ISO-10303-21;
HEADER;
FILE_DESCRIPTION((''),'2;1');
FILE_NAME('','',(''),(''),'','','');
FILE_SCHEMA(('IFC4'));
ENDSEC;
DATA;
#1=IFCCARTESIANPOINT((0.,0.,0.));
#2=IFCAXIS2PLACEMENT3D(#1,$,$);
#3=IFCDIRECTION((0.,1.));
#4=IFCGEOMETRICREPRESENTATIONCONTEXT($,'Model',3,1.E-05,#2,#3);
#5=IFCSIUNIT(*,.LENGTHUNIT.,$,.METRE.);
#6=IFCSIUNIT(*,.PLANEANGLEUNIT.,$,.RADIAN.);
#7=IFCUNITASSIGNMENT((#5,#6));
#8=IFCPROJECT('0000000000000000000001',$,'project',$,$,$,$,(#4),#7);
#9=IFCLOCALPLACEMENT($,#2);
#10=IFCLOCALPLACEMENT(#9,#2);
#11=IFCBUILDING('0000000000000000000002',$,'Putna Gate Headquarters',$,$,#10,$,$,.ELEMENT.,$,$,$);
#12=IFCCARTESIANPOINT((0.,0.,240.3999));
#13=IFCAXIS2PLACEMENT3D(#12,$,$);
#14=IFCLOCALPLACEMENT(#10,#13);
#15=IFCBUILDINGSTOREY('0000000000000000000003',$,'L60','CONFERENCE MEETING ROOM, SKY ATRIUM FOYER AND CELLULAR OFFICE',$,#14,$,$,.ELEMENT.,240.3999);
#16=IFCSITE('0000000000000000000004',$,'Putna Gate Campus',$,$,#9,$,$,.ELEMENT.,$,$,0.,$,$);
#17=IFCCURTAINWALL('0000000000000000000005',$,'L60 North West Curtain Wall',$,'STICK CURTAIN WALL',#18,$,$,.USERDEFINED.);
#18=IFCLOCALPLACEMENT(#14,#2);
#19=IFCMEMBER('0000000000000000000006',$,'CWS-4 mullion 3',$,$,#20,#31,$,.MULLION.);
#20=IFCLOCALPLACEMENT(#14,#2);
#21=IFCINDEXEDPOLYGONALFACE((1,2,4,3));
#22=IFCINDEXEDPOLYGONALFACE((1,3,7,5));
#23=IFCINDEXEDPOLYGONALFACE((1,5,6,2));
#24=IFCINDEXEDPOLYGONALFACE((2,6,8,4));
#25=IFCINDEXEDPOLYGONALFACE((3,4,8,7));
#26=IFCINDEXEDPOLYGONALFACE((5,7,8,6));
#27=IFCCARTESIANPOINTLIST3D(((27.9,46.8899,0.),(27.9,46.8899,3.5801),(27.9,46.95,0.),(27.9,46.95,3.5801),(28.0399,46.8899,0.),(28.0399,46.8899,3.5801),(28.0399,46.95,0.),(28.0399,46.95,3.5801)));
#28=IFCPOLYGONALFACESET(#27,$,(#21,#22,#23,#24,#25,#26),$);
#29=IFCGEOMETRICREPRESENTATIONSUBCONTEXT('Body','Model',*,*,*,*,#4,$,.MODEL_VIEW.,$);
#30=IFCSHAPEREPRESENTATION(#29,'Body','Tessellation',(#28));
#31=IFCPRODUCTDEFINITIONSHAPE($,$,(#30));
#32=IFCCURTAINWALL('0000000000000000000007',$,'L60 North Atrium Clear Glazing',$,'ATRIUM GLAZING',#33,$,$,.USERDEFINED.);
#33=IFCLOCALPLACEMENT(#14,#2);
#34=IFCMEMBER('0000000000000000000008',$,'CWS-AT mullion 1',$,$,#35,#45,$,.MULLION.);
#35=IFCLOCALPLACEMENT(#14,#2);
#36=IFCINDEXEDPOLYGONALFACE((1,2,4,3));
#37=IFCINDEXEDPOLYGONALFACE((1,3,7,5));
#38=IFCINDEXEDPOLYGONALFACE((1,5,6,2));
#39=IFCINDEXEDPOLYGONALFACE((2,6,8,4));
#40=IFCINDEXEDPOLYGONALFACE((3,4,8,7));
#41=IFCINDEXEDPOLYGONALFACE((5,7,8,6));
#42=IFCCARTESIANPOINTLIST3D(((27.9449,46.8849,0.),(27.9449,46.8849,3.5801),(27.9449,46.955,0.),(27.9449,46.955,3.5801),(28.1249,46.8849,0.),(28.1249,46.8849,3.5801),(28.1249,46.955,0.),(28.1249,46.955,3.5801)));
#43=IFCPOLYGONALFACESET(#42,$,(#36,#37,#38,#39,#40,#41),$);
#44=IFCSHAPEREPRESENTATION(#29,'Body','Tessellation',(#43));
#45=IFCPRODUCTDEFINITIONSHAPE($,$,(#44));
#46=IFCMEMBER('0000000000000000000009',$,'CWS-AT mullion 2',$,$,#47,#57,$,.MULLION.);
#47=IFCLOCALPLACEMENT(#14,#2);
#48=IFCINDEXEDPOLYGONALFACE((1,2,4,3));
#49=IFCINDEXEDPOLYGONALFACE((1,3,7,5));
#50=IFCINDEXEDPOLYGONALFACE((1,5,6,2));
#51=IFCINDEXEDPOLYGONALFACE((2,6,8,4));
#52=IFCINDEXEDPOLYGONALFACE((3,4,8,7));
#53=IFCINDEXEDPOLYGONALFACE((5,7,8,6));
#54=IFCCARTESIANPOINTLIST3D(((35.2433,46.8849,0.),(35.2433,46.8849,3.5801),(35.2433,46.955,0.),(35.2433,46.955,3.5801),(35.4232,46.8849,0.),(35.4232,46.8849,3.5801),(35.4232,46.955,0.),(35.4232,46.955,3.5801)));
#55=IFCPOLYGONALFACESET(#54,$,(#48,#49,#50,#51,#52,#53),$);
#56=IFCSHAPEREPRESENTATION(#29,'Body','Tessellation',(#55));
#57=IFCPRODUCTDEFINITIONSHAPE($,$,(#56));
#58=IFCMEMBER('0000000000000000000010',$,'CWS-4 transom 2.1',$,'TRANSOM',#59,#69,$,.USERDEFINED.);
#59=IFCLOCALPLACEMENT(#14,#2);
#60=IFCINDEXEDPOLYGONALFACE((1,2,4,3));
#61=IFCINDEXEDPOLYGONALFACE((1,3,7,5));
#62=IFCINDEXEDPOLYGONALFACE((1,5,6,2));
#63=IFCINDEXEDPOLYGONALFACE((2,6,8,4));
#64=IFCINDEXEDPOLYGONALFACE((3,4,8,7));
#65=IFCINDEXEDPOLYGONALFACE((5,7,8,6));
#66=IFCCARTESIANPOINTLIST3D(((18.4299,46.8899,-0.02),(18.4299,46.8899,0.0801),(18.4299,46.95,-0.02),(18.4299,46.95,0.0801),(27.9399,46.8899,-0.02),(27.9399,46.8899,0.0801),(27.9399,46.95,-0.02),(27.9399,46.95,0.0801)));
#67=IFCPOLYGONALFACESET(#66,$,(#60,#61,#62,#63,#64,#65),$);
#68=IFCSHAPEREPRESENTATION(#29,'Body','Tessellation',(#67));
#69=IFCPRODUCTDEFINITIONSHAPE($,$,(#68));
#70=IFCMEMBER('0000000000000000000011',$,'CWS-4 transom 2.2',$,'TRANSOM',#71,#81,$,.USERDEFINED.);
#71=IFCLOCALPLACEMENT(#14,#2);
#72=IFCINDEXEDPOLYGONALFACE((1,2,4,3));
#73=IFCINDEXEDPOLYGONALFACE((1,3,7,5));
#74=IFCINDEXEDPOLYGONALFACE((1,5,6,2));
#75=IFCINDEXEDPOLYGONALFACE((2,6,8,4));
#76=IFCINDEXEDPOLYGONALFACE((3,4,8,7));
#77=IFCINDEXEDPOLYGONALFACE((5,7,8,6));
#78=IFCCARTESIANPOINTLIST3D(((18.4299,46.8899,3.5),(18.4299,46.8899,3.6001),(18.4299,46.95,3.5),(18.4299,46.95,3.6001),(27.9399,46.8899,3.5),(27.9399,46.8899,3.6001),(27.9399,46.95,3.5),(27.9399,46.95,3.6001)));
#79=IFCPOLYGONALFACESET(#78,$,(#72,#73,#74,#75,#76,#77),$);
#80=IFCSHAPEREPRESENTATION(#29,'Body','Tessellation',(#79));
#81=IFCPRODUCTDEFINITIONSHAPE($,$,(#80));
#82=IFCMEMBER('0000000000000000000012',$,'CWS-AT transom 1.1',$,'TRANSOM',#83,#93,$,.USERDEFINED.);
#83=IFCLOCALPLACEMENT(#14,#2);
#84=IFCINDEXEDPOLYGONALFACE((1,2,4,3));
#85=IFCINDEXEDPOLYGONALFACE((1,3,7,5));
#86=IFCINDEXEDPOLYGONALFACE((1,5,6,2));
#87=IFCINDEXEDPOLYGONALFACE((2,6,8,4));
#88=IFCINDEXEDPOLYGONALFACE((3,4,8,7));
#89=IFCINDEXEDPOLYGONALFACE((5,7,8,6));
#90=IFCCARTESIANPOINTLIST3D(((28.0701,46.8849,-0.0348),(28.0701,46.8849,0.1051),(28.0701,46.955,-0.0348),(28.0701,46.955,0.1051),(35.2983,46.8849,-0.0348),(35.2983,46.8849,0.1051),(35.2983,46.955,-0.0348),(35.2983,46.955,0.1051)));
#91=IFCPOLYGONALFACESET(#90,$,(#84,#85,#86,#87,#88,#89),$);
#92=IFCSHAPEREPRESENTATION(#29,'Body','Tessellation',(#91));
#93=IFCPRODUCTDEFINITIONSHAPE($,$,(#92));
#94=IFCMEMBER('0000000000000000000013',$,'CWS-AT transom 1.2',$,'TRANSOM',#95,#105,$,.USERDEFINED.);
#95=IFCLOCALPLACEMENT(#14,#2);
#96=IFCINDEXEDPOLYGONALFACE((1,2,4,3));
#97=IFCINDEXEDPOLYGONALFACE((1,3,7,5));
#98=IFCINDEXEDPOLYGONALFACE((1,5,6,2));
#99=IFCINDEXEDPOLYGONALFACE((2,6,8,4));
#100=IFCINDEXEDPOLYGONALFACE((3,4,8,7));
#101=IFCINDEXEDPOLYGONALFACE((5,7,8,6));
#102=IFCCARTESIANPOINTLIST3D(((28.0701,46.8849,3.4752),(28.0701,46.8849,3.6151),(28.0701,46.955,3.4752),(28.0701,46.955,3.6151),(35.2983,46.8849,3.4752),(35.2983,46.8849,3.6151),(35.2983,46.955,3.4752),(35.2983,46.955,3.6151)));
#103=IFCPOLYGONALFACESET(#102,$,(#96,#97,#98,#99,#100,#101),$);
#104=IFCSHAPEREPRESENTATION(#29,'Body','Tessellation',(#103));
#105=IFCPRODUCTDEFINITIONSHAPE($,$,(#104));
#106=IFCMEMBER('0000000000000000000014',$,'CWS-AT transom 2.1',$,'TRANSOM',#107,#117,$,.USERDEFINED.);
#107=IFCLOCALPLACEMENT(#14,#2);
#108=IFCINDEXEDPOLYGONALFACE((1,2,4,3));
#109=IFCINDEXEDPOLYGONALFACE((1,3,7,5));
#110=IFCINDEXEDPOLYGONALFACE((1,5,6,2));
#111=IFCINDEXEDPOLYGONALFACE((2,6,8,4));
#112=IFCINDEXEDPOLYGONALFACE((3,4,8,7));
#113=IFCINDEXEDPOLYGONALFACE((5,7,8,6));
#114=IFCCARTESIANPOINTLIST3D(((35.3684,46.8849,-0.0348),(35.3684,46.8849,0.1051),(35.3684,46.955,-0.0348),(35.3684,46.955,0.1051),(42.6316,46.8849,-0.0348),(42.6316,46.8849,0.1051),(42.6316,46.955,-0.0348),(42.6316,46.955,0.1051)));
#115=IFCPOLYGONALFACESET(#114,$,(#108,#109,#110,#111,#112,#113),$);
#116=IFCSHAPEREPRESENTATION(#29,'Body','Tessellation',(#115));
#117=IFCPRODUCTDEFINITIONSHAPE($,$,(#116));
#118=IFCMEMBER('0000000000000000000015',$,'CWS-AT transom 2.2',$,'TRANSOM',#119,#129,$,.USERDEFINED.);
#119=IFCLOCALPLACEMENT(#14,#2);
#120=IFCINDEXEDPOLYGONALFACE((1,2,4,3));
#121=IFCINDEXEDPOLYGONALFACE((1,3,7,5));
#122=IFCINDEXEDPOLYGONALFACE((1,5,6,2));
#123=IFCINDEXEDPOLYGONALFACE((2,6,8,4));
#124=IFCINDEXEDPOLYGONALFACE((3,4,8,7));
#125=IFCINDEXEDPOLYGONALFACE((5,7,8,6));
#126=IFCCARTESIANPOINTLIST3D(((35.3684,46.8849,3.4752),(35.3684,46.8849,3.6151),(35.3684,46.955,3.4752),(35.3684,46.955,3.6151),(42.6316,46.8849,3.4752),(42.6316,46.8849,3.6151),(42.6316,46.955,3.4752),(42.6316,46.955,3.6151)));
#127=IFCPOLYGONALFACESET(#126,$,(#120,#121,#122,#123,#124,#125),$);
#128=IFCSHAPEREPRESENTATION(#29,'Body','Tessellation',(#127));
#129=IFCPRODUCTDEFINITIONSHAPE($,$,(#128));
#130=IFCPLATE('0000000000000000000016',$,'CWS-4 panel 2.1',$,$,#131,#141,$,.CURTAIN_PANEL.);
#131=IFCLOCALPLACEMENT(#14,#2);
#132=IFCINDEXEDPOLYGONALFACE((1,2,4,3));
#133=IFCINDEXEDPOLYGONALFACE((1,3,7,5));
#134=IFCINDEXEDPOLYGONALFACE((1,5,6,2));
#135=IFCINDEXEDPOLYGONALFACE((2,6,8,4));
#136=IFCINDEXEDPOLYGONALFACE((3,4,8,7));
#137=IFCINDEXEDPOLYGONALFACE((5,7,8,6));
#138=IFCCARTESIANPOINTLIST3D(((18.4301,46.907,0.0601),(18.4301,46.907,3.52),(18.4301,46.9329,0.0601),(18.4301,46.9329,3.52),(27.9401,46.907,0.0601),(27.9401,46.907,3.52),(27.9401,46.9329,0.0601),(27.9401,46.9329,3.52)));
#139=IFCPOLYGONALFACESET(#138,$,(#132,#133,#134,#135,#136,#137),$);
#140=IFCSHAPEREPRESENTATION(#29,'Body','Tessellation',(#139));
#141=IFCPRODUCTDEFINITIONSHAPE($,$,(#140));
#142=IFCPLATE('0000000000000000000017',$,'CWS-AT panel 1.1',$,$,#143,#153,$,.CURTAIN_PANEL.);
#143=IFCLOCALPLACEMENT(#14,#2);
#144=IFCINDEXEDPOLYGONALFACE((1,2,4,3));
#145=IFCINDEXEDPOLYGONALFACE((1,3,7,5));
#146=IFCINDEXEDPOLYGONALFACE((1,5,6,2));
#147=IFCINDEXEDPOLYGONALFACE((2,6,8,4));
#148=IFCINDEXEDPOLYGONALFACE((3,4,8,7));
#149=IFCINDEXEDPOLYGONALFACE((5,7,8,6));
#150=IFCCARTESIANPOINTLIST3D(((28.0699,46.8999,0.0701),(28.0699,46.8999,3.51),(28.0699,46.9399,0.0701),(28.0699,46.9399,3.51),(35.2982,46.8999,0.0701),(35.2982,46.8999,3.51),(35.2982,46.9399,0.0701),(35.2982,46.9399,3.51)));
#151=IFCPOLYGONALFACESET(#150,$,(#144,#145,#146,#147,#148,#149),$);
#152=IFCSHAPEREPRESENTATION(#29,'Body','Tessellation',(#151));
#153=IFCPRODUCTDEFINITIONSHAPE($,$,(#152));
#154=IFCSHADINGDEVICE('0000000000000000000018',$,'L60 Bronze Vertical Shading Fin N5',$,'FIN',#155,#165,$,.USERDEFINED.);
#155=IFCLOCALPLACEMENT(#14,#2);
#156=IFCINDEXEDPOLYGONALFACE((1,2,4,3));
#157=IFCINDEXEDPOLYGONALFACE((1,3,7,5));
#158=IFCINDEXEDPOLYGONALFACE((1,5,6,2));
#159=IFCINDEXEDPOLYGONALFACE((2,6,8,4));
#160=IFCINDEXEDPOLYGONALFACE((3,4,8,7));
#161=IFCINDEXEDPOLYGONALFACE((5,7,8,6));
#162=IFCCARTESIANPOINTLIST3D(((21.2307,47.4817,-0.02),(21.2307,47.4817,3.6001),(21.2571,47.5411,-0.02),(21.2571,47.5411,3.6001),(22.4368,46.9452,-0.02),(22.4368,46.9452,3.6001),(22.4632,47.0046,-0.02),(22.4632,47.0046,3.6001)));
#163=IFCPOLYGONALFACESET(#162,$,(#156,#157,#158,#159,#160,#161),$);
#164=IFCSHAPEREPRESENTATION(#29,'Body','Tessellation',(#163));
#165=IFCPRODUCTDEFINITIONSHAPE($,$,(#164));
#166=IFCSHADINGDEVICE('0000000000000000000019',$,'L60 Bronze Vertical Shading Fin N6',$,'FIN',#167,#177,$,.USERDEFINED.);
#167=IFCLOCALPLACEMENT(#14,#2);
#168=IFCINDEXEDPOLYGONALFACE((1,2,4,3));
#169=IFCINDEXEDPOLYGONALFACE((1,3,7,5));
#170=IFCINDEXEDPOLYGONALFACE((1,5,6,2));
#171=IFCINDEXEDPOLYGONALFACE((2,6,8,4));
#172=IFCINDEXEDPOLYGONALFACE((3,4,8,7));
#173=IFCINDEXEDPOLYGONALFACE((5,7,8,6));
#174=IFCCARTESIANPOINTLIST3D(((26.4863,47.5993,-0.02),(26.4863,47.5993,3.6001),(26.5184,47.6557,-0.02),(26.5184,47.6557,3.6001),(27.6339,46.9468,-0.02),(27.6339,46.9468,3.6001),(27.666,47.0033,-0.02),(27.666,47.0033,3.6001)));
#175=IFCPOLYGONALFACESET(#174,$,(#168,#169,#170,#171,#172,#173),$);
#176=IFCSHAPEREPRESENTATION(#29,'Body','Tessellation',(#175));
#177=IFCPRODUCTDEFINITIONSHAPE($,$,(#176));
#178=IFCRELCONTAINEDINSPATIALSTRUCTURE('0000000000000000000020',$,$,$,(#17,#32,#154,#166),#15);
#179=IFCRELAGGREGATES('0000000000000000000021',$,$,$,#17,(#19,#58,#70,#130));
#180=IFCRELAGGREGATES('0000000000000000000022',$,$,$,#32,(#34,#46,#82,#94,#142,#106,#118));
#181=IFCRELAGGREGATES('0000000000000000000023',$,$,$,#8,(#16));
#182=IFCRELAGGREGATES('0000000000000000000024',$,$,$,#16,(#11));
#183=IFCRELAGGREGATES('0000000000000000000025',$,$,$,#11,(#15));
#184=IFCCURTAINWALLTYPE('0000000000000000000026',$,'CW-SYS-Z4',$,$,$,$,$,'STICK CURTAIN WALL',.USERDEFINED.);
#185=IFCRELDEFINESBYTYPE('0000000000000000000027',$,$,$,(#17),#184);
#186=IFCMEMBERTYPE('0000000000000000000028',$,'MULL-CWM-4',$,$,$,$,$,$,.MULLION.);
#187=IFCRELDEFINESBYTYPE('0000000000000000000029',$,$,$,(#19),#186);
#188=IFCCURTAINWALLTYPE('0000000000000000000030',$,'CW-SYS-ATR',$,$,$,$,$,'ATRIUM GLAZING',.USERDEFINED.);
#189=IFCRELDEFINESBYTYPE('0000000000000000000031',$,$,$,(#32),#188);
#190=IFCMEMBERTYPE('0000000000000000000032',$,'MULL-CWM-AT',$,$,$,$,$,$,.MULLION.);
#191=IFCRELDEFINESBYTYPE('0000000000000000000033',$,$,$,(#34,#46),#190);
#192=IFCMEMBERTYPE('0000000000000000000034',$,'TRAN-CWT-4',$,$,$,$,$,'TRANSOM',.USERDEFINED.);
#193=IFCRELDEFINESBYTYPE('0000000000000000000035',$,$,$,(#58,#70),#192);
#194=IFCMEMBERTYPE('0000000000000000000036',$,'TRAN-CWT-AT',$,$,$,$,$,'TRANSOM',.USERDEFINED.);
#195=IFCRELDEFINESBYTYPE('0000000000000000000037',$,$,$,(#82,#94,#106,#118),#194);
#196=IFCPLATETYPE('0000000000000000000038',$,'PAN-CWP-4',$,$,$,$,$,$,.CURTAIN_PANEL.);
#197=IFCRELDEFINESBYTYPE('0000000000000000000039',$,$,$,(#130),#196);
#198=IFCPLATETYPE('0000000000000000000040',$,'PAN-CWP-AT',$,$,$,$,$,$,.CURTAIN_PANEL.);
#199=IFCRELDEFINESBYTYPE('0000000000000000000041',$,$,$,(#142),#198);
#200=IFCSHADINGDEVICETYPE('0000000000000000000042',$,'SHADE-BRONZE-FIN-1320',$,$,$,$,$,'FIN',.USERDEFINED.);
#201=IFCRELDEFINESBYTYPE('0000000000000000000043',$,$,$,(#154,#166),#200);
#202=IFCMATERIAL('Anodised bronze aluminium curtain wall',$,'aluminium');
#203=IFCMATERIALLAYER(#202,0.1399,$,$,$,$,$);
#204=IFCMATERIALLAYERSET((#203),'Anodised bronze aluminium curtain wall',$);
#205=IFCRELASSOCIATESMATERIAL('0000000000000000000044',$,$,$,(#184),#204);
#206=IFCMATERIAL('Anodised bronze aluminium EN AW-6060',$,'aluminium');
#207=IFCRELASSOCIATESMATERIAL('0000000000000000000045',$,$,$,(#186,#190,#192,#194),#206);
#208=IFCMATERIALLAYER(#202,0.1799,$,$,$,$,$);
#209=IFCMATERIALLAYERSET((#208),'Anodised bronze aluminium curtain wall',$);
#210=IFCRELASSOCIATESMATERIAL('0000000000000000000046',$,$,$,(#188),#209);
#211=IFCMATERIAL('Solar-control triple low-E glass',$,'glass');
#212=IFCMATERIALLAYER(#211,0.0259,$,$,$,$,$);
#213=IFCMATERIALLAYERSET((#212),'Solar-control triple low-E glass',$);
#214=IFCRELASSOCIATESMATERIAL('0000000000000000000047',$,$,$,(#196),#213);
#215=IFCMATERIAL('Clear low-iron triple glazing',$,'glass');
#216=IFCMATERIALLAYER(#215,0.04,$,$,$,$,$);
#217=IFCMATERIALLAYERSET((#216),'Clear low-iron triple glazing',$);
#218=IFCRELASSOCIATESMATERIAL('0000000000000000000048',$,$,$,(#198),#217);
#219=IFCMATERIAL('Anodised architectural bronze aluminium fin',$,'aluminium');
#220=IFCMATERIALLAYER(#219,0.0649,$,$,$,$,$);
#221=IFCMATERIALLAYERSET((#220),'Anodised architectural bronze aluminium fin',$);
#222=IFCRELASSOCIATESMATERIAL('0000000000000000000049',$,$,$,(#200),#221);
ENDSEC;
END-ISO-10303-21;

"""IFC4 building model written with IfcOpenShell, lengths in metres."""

from ifc_helpers import new_model, si_unit, direction, frame, origin, origin_2d, place, context, subcontext, project, spatial, rectangle, extrude, material, layer, layer_set, material_profile, profile_set, type_object, element, aggregate, save


model = new_model("IFC4")

# Units and contexts
model_context = context("Model", 3, precision=1e-05, world=origin(), true_north=direction((0.0, 1.0)))
body_context = subcontext(model_context, "Body", "Model", "MODEL_VIEW")
ifc_project = project(units=[si_unit("LENGTHUNIT", "METRE"), si_unit("PLANEANGLEUNIT", "RADIAN")], contexts=[model_context])

# Site, building, storey
site_placement = place(None, origin())
site = spatial("IfcSite", under=ifc_project, at=site_placement, Name="Putna Gate Campus", CompositionType="ELEMENT", RefElevation=0.0)
building_placement = place(site_placement, origin())
building = spatial("IfcBuilding", under=site, at=building_placement, Name="Putna Gate Headquarters", CompositionType="ELEMENT")
storey_placement = place(building_placement, frame((0.0, 0.0, 240.3999)))
storey = spatial("IfcBuildingStorey", under=building, at=storey_placement, Name="L60", Description="CONFERENCE MEETING ROOM, SKY ATRIUM FOYER AND CELLULAR OFFICE", CompositionType="ELEMENT", Elevation=240.3999)

# Curtain wall, member
ifc_material_1 = material(Name="Anodised bronze aluminium curtain wall", Category="aluminium")
ifc_layer_1 = layer(ifc_material_1, 0.1399)
ifc_layer_set_1 = layer_set([ifc_layer_1], Name="Anodised bronze aluminium curtain wall")
curtain_wall_type_1 = type_object("IfcCurtainWallType", Name="CW-SYS-Z4", ElementType="STICK CURTAIN WALL", PredefinedType="USERDEFINED", material=ifc_layer_set_1)
curtain_wall_1_placement = place(storey_placement, origin())
curtain_wall_1 = element("IfcCurtainWall", 1, at=curtain_wall_1_placement, inside=storey, type_object=curtain_wall_type_1, Name="L60 North West Curtain Wall", ObjectType="STICK CURTAIN WALL", PredefinedType="USERDEFINED")
ifc_material_2 = material(Name="Anodised bronze aluminium EN AW-6060", Category="aluminium")
ifc_material_profile_1 = material_profile(ifc_material_2, rectangle(XDim=0.0601, YDim=0.1399, at=origin_2d()), Name="Anodised bronze aluminium EN AW-6060")
ifc_profile_set_1 = profile_set([ifc_material_profile_1], Name="Anodised bronze aluminium EN AW-6060")
member_type_1 = type_object("IfcMemberType", Name="MULL-CWM-4", PredefinedType="MULLION", material=ifc_profile_set_1)
member_1_placement = place(storey_placement, frame((27.97, 46.9199, 0.0), z_axis=(0.0, 0.0, 1.0), x_axis=(0.0, 1.0, 0.0)))
member_1 = element("IfcMember", 2, at=member_1_placement, type_object=member_type_1, Name="CWS-4 mullion 3", PredefinedType="MULLION", context=body_context, shape_type="SweptSolid", body=[
    extrude(rectangle(XDim=0.0601, YDim=0.1399, at=origin_2d()), origin(), (0.0, 0.0, 1.0), 3.5801),
])

# Curtain wall, members
ifc_layer_2 = layer(ifc_material_1, 0.1799)
ifc_layer_set_2 = layer_set([ifc_layer_2], Name="Anodised bronze aluminium curtain wall")
curtain_wall_type_2 = type_object("IfcCurtainWallType", Name="CW-SYS-ATR", ElementType="ATRIUM GLAZING", PredefinedType="USERDEFINED", material=ifc_layer_set_2)
curtain_wall_2_placement = place(storey_placement, origin())
curtain_wall_2 = element("IfcCurtainWall", 3, at=curtain_wall_2_placement, inside=storey, type_object=curtain_wall_type_2, Name="L60 North Atrium Clear Glazing", ObjectType="ATRIUM GLAZING", PredefinedType="USERDEFINED")
ifc_material_profile_2 = material_profile(ifc_material_2, rectangle(XDim=0.0701, YDim=0.1799, at=origin_2d()), Name="Anodised bronze aluminium EN AW-6060")
ifc_profile_set_2 = profile_set([ifc_material_profile_2], Name="Anodised bronze aluminium EN AW-6060")
member_type_2 = type_object("IfcMemberType", Name="MULL-CWM-AT", PredefinedType="MULLION", material=ifc_profile_set_2)
member_2_placement = place(storey_placement, frame((28.0349, 46.9199, 0.0), z_axis=(0.0, 0.0, 1.0), x_axis=(0.0, 1.0, 0.0)))
member_2 = element("IfcMember", 4, at=member_2_placement, type_object=member_type_2, Name="CWS-AT mullion 1", PredefinedType="MULLION", context=body_context, shape_type="SweptSolid", body=[
    extrude(rectangle(XDim=0.0701, YDim=0.1799, at=origin_2d()), origin(), (0.0, 0.0, 1.0), 3.5801),
])
member_3_placement = place(storey_placement, frame((35.3333, 46.9199, 0.0), z_axis=(0.0, 0.0, 1.0), x_axis=(0.0, 1.0, 0.0)))
member_3 = element("IfcMember", 5, at=member_3_placement, type_object=member_type_2, Name="CWS-AT mullion 2", PredefinedType="MULLION", context=body_context, shape_type="SweptSolid", body=[
    extrude(rectangle(XDim=0.0701, YDim=0.1799, at=origin_2d()), origin(), (0.0, 0.0, 1.0), 3.5801),
])

# Members
ifc_material_profile_3 = material_profile(ifc_material_2, rectangle(XDim=0.0601, YDim=0.1001, at=origin_2d()), Name="Anodised bronze aluminium EN AW-6060")
ifc_profile_set_3 = profile_set([ifc_material_profile_3], Name="Anodised bronze aluminium EN AW-6060")
member_type_3 = type_object("IfcMemberType", Name="TRAN-CWT-4", ElementType="TRANSOM", PredefinedType="USERDEFINED", material=ifc_profile_set_3)
member_4_placement = place(storey_placement, frame((18.4299, 46.9199, 0.03), z_axis=(1.0, 0.0, 0.0), x_axis=(0.0, 1.0, 0.0)))
member_4 = element("IfcMember", 6, at=member_4_placement, type_object=member_type_3, Name="CWS-4 transom 2.1", ObjectType="TRANSOM", PredefinedType="USERDEFINED", context=body_context, shape_type="SweptSolid", body=[
    extrude(rectangle(XDim=0.0601, YDim=0.1001, at=origin_2d()), origin(), (0.0, 0.0, 1.0), 9.51),
])
member_5_placement = place(storey_placement, frame((18.4299, 46.9199, 3.55), z_axis=(1.0, 0.0, 0.0), x_axis=(0.0, 1.0, 0.0)))
member_5 = element("IfcMember", 7, at=member_5_placement, type_object=member_type_3, Name="CWS-4 transom 2.2", ObjectType="TRANSOM", PredefinedType="USERDEFINED", context=body_context, shape_type="SweptSolid", body=[
    extrude(rectangle(XDim=0.0601, YDim=0.1001, at=origin_2d()), origin(), (0.0, 0.0, 1.0), 9.51),
])
ifc_material_profile_4 = material_profile(ifc_material_2, rectangle(XDim=0.0701, YDim=0.1399, at=origin_2d()), Name="Anodised bronze aluminium EN AW-6060")
ifc_profile_set_4 = profile_set([ifc_material_profile_4], Name="Anodised bronze aluminium EN AW-6060")
member_type_4 = type_object("IfcMemberType", Name="TRAN-CWT-AT", ElementType="TRANSOM", PredefinedType="USERDEFINED", material=ifc_profile_set_4)
member_6_placement = place(storey_placement, frame((28.0701, 46.9199, 0.0352), z_axis=(1.0, 0.0, 0.0), x_axis=(0.0, 1.0, 0.0)))
member_6 = element("IfcMember", 8, at=member_6_placement, type_object=member_type_4, Name="CWS-AT transom 1.1", ObjectType="TRANSOM", PredefinedType="USERDEFINED", context=body_context, shape_type="SweptSolid", body=[
    extrude(rectangle(XDim=0.0701, YDim=0.1399, at=origin_2d()), origin(), (0.0, 0.0, 1.0), 7.2283),
])
member_7_placement = place(storey_placement, frame((28.0701, 46.9199, 3.5452), z_axis=(1.0, 0.0, 0.0), x_axis=(0.0, 1.0, 0.0)))
member_7 = element("IfcMember", 9, at=member_7_placement, type_object=member_type_4, Name="CWS-AT transom 1.2", ObjectType="TRANSOM", PredefinedType="USERDEFINED", context=body_context, shape_type="SweptSolid", body=[
    extrude(rectangle(XDim=0.0701, YDim=0.1399, at=origin_2d()), origin(), (0.0, 0.0, 1.0), 7.2283),
])
member_8_placement = place(storey_placement, frame((35.3684, 46.9199, 0.0352), z_axis=(1.0, 0.0, 0.0), x_axis=(0.0, 1.0, 0.0)))
member_8 = element("IfcMember", 10, at=member_8_placement, type_object=member_type_4, Name="CWS-AT transom 2.1", ObjectType="TRANSOM", PredefinedType="USERDEFINED", context=body_context, shape_type="SweptSolid", body=[
    extrude(rectangle(XDim=0.0701, YDim=0.1399, at=origin_2d()), origin(), (0.0, 0.0, 1.0), 7.2632),
])
member_9_placement = place(storey_placement, frame((35.3684, 46.9199, 3.5452), z_axis=(1.0, 0.0, 0.0), x_axis=(0.0, 1.0, 0.0)))
member_9 = element("IfcMember", 11, at=member_9_placement, type_object=member_type_4, Name="CWS-AT transom 2.2", ObjectType="TRANSOM", PredefinedType="USERDEFINED", context=body_context, shape_type="SweptSolid", body=[
    extrude(rectangle(XDim=0.0701, YDim=0.1399, at=origin_2d()), origin(), (0.0, 0.0, 1.0), 7.2632),
])

# Plates
ifc_material_3 = material(Name="Solar-control triple low-E glass", Category="glass")
ifc_layer_3 = layer(ifc_material_3, 0.0259)
ifc_layer_set_3 = layer_set([ifc_layer_3], Name="Solar-control triple low-E glass")
plate_type_1 = type_object("IfcPlateType", Name="PAN-CWP-4", PredefinedType="CURTAIN_PANEL", material=ifc_layer_set_3)
plate_1_placement = place(storey_placement, frame((23.1851, 46.9199, 0.0601), z_axis=(0.0, 0.0, 1.0), x_axis=(1.0, 0.0, 0.0)))
plate_1 = element("IfcPlate", 12, at=plate_1_placement, type_object=plate_type_1, Name="CWS-4 panel 2.1", PredefinedType="CURTAIN_PANEL", context=body_context, shape_type="SweptSolid", body=[
    extrude(rectangle(XDim=9.51, YDim=0.0259, at=origin_2d()), origin(), (0.0, 0.0, 1.0), 3.46),
])
aggregate(curtain_wall_1, [member_1, member_4, member_5, plate_1])
ifc_material_4 = material(Name="Clear low-iron triple glazing", Category="glass")
ifc_layer_4 = layer(ifc_material_4, 0.04)
ifc_layer_set_4 = layer_set([ifc_layer_4], Name="Clear low-iron triple glazing")
plate_type_2 = type_object("IfcPlateType", Name="PAN-CWP-AT", PredefinedType="CURTAIN_PANEL", material=ifc_layer_set_4)
plate_2_placement = place(storey_placement, frame((31.6841, 46.9199, 0.0701), z_axis=(0.0, 0.0, 1.0), x_axis=(1.0, 0.0, 0.0)))
plate_2 = element("IfcPlate", 13, at=plate_2_placement, type_object=plate_type_2, Name="CWS-AT panel 1.1", PredefinedType="CURTAIN_PANEL", context=body_context, shape_type="SweptSolid", body=[
    extrude(rectangle(XDim=7.2283, YDim=0.04, at=origin_2d()), origin(), (0.0, 0.0, 1.0), 3.4399),
])
aggregate(curtain_wall_2, [member_2, member_3, member_6, member_7, plate_2, member_8, member_9])

# Shading devices
ifc_material_5 = material(Name="Anodised architectural bronze aluminium fin", Category="aluminium")
ifc_layer_5 = layer(ifc_material_5, 0.0649)
ifc_layer_set_5 = layer_set([ifc_layer_5], Name="Anodised architectural bronze aluminium fin")
shading_device_type = type_object("IfcShadingDeviceType", Name="SHADE-BRONZE-FIN-1320", ElementType="FIN", PredefinedType="USERDEFINED", material=ifc_layer_set_5)
for number, where, z_axis, x_axis, name in (
    (14, (21.8469, 47.2432, -0.02), (0.0, 0.0, 1.0), (-0.913687, 0.406418, 0.0), "L60 Bronze Vertical Shading Fin N5"),
    (15, (27.0762, 47.3013, -0.02), (0.0, 0.0, 1.0), (-0.869322, 0.494245, 0.0), "L60 Bronze Vertical Shading Fin N6"),
):
    element("IfcShadingDevice", number, at=place(storey_placement, frame(where, z_axis=z_axis, x_axis=x_axis)), inside=storey, type_object=shading_device_type, Name=name, ObjectType="FIN", PredefinedType="USERDEFINED", context=body_context, shape_type="SweptSolid", body=[
        extrude(rectangle(XDim=1.3201, YDim=0.0649, at=origin_2d()), origin(), (0.0, 0.0, 1.0), 3.6201),
    ])

save(model, "model.ifc")
